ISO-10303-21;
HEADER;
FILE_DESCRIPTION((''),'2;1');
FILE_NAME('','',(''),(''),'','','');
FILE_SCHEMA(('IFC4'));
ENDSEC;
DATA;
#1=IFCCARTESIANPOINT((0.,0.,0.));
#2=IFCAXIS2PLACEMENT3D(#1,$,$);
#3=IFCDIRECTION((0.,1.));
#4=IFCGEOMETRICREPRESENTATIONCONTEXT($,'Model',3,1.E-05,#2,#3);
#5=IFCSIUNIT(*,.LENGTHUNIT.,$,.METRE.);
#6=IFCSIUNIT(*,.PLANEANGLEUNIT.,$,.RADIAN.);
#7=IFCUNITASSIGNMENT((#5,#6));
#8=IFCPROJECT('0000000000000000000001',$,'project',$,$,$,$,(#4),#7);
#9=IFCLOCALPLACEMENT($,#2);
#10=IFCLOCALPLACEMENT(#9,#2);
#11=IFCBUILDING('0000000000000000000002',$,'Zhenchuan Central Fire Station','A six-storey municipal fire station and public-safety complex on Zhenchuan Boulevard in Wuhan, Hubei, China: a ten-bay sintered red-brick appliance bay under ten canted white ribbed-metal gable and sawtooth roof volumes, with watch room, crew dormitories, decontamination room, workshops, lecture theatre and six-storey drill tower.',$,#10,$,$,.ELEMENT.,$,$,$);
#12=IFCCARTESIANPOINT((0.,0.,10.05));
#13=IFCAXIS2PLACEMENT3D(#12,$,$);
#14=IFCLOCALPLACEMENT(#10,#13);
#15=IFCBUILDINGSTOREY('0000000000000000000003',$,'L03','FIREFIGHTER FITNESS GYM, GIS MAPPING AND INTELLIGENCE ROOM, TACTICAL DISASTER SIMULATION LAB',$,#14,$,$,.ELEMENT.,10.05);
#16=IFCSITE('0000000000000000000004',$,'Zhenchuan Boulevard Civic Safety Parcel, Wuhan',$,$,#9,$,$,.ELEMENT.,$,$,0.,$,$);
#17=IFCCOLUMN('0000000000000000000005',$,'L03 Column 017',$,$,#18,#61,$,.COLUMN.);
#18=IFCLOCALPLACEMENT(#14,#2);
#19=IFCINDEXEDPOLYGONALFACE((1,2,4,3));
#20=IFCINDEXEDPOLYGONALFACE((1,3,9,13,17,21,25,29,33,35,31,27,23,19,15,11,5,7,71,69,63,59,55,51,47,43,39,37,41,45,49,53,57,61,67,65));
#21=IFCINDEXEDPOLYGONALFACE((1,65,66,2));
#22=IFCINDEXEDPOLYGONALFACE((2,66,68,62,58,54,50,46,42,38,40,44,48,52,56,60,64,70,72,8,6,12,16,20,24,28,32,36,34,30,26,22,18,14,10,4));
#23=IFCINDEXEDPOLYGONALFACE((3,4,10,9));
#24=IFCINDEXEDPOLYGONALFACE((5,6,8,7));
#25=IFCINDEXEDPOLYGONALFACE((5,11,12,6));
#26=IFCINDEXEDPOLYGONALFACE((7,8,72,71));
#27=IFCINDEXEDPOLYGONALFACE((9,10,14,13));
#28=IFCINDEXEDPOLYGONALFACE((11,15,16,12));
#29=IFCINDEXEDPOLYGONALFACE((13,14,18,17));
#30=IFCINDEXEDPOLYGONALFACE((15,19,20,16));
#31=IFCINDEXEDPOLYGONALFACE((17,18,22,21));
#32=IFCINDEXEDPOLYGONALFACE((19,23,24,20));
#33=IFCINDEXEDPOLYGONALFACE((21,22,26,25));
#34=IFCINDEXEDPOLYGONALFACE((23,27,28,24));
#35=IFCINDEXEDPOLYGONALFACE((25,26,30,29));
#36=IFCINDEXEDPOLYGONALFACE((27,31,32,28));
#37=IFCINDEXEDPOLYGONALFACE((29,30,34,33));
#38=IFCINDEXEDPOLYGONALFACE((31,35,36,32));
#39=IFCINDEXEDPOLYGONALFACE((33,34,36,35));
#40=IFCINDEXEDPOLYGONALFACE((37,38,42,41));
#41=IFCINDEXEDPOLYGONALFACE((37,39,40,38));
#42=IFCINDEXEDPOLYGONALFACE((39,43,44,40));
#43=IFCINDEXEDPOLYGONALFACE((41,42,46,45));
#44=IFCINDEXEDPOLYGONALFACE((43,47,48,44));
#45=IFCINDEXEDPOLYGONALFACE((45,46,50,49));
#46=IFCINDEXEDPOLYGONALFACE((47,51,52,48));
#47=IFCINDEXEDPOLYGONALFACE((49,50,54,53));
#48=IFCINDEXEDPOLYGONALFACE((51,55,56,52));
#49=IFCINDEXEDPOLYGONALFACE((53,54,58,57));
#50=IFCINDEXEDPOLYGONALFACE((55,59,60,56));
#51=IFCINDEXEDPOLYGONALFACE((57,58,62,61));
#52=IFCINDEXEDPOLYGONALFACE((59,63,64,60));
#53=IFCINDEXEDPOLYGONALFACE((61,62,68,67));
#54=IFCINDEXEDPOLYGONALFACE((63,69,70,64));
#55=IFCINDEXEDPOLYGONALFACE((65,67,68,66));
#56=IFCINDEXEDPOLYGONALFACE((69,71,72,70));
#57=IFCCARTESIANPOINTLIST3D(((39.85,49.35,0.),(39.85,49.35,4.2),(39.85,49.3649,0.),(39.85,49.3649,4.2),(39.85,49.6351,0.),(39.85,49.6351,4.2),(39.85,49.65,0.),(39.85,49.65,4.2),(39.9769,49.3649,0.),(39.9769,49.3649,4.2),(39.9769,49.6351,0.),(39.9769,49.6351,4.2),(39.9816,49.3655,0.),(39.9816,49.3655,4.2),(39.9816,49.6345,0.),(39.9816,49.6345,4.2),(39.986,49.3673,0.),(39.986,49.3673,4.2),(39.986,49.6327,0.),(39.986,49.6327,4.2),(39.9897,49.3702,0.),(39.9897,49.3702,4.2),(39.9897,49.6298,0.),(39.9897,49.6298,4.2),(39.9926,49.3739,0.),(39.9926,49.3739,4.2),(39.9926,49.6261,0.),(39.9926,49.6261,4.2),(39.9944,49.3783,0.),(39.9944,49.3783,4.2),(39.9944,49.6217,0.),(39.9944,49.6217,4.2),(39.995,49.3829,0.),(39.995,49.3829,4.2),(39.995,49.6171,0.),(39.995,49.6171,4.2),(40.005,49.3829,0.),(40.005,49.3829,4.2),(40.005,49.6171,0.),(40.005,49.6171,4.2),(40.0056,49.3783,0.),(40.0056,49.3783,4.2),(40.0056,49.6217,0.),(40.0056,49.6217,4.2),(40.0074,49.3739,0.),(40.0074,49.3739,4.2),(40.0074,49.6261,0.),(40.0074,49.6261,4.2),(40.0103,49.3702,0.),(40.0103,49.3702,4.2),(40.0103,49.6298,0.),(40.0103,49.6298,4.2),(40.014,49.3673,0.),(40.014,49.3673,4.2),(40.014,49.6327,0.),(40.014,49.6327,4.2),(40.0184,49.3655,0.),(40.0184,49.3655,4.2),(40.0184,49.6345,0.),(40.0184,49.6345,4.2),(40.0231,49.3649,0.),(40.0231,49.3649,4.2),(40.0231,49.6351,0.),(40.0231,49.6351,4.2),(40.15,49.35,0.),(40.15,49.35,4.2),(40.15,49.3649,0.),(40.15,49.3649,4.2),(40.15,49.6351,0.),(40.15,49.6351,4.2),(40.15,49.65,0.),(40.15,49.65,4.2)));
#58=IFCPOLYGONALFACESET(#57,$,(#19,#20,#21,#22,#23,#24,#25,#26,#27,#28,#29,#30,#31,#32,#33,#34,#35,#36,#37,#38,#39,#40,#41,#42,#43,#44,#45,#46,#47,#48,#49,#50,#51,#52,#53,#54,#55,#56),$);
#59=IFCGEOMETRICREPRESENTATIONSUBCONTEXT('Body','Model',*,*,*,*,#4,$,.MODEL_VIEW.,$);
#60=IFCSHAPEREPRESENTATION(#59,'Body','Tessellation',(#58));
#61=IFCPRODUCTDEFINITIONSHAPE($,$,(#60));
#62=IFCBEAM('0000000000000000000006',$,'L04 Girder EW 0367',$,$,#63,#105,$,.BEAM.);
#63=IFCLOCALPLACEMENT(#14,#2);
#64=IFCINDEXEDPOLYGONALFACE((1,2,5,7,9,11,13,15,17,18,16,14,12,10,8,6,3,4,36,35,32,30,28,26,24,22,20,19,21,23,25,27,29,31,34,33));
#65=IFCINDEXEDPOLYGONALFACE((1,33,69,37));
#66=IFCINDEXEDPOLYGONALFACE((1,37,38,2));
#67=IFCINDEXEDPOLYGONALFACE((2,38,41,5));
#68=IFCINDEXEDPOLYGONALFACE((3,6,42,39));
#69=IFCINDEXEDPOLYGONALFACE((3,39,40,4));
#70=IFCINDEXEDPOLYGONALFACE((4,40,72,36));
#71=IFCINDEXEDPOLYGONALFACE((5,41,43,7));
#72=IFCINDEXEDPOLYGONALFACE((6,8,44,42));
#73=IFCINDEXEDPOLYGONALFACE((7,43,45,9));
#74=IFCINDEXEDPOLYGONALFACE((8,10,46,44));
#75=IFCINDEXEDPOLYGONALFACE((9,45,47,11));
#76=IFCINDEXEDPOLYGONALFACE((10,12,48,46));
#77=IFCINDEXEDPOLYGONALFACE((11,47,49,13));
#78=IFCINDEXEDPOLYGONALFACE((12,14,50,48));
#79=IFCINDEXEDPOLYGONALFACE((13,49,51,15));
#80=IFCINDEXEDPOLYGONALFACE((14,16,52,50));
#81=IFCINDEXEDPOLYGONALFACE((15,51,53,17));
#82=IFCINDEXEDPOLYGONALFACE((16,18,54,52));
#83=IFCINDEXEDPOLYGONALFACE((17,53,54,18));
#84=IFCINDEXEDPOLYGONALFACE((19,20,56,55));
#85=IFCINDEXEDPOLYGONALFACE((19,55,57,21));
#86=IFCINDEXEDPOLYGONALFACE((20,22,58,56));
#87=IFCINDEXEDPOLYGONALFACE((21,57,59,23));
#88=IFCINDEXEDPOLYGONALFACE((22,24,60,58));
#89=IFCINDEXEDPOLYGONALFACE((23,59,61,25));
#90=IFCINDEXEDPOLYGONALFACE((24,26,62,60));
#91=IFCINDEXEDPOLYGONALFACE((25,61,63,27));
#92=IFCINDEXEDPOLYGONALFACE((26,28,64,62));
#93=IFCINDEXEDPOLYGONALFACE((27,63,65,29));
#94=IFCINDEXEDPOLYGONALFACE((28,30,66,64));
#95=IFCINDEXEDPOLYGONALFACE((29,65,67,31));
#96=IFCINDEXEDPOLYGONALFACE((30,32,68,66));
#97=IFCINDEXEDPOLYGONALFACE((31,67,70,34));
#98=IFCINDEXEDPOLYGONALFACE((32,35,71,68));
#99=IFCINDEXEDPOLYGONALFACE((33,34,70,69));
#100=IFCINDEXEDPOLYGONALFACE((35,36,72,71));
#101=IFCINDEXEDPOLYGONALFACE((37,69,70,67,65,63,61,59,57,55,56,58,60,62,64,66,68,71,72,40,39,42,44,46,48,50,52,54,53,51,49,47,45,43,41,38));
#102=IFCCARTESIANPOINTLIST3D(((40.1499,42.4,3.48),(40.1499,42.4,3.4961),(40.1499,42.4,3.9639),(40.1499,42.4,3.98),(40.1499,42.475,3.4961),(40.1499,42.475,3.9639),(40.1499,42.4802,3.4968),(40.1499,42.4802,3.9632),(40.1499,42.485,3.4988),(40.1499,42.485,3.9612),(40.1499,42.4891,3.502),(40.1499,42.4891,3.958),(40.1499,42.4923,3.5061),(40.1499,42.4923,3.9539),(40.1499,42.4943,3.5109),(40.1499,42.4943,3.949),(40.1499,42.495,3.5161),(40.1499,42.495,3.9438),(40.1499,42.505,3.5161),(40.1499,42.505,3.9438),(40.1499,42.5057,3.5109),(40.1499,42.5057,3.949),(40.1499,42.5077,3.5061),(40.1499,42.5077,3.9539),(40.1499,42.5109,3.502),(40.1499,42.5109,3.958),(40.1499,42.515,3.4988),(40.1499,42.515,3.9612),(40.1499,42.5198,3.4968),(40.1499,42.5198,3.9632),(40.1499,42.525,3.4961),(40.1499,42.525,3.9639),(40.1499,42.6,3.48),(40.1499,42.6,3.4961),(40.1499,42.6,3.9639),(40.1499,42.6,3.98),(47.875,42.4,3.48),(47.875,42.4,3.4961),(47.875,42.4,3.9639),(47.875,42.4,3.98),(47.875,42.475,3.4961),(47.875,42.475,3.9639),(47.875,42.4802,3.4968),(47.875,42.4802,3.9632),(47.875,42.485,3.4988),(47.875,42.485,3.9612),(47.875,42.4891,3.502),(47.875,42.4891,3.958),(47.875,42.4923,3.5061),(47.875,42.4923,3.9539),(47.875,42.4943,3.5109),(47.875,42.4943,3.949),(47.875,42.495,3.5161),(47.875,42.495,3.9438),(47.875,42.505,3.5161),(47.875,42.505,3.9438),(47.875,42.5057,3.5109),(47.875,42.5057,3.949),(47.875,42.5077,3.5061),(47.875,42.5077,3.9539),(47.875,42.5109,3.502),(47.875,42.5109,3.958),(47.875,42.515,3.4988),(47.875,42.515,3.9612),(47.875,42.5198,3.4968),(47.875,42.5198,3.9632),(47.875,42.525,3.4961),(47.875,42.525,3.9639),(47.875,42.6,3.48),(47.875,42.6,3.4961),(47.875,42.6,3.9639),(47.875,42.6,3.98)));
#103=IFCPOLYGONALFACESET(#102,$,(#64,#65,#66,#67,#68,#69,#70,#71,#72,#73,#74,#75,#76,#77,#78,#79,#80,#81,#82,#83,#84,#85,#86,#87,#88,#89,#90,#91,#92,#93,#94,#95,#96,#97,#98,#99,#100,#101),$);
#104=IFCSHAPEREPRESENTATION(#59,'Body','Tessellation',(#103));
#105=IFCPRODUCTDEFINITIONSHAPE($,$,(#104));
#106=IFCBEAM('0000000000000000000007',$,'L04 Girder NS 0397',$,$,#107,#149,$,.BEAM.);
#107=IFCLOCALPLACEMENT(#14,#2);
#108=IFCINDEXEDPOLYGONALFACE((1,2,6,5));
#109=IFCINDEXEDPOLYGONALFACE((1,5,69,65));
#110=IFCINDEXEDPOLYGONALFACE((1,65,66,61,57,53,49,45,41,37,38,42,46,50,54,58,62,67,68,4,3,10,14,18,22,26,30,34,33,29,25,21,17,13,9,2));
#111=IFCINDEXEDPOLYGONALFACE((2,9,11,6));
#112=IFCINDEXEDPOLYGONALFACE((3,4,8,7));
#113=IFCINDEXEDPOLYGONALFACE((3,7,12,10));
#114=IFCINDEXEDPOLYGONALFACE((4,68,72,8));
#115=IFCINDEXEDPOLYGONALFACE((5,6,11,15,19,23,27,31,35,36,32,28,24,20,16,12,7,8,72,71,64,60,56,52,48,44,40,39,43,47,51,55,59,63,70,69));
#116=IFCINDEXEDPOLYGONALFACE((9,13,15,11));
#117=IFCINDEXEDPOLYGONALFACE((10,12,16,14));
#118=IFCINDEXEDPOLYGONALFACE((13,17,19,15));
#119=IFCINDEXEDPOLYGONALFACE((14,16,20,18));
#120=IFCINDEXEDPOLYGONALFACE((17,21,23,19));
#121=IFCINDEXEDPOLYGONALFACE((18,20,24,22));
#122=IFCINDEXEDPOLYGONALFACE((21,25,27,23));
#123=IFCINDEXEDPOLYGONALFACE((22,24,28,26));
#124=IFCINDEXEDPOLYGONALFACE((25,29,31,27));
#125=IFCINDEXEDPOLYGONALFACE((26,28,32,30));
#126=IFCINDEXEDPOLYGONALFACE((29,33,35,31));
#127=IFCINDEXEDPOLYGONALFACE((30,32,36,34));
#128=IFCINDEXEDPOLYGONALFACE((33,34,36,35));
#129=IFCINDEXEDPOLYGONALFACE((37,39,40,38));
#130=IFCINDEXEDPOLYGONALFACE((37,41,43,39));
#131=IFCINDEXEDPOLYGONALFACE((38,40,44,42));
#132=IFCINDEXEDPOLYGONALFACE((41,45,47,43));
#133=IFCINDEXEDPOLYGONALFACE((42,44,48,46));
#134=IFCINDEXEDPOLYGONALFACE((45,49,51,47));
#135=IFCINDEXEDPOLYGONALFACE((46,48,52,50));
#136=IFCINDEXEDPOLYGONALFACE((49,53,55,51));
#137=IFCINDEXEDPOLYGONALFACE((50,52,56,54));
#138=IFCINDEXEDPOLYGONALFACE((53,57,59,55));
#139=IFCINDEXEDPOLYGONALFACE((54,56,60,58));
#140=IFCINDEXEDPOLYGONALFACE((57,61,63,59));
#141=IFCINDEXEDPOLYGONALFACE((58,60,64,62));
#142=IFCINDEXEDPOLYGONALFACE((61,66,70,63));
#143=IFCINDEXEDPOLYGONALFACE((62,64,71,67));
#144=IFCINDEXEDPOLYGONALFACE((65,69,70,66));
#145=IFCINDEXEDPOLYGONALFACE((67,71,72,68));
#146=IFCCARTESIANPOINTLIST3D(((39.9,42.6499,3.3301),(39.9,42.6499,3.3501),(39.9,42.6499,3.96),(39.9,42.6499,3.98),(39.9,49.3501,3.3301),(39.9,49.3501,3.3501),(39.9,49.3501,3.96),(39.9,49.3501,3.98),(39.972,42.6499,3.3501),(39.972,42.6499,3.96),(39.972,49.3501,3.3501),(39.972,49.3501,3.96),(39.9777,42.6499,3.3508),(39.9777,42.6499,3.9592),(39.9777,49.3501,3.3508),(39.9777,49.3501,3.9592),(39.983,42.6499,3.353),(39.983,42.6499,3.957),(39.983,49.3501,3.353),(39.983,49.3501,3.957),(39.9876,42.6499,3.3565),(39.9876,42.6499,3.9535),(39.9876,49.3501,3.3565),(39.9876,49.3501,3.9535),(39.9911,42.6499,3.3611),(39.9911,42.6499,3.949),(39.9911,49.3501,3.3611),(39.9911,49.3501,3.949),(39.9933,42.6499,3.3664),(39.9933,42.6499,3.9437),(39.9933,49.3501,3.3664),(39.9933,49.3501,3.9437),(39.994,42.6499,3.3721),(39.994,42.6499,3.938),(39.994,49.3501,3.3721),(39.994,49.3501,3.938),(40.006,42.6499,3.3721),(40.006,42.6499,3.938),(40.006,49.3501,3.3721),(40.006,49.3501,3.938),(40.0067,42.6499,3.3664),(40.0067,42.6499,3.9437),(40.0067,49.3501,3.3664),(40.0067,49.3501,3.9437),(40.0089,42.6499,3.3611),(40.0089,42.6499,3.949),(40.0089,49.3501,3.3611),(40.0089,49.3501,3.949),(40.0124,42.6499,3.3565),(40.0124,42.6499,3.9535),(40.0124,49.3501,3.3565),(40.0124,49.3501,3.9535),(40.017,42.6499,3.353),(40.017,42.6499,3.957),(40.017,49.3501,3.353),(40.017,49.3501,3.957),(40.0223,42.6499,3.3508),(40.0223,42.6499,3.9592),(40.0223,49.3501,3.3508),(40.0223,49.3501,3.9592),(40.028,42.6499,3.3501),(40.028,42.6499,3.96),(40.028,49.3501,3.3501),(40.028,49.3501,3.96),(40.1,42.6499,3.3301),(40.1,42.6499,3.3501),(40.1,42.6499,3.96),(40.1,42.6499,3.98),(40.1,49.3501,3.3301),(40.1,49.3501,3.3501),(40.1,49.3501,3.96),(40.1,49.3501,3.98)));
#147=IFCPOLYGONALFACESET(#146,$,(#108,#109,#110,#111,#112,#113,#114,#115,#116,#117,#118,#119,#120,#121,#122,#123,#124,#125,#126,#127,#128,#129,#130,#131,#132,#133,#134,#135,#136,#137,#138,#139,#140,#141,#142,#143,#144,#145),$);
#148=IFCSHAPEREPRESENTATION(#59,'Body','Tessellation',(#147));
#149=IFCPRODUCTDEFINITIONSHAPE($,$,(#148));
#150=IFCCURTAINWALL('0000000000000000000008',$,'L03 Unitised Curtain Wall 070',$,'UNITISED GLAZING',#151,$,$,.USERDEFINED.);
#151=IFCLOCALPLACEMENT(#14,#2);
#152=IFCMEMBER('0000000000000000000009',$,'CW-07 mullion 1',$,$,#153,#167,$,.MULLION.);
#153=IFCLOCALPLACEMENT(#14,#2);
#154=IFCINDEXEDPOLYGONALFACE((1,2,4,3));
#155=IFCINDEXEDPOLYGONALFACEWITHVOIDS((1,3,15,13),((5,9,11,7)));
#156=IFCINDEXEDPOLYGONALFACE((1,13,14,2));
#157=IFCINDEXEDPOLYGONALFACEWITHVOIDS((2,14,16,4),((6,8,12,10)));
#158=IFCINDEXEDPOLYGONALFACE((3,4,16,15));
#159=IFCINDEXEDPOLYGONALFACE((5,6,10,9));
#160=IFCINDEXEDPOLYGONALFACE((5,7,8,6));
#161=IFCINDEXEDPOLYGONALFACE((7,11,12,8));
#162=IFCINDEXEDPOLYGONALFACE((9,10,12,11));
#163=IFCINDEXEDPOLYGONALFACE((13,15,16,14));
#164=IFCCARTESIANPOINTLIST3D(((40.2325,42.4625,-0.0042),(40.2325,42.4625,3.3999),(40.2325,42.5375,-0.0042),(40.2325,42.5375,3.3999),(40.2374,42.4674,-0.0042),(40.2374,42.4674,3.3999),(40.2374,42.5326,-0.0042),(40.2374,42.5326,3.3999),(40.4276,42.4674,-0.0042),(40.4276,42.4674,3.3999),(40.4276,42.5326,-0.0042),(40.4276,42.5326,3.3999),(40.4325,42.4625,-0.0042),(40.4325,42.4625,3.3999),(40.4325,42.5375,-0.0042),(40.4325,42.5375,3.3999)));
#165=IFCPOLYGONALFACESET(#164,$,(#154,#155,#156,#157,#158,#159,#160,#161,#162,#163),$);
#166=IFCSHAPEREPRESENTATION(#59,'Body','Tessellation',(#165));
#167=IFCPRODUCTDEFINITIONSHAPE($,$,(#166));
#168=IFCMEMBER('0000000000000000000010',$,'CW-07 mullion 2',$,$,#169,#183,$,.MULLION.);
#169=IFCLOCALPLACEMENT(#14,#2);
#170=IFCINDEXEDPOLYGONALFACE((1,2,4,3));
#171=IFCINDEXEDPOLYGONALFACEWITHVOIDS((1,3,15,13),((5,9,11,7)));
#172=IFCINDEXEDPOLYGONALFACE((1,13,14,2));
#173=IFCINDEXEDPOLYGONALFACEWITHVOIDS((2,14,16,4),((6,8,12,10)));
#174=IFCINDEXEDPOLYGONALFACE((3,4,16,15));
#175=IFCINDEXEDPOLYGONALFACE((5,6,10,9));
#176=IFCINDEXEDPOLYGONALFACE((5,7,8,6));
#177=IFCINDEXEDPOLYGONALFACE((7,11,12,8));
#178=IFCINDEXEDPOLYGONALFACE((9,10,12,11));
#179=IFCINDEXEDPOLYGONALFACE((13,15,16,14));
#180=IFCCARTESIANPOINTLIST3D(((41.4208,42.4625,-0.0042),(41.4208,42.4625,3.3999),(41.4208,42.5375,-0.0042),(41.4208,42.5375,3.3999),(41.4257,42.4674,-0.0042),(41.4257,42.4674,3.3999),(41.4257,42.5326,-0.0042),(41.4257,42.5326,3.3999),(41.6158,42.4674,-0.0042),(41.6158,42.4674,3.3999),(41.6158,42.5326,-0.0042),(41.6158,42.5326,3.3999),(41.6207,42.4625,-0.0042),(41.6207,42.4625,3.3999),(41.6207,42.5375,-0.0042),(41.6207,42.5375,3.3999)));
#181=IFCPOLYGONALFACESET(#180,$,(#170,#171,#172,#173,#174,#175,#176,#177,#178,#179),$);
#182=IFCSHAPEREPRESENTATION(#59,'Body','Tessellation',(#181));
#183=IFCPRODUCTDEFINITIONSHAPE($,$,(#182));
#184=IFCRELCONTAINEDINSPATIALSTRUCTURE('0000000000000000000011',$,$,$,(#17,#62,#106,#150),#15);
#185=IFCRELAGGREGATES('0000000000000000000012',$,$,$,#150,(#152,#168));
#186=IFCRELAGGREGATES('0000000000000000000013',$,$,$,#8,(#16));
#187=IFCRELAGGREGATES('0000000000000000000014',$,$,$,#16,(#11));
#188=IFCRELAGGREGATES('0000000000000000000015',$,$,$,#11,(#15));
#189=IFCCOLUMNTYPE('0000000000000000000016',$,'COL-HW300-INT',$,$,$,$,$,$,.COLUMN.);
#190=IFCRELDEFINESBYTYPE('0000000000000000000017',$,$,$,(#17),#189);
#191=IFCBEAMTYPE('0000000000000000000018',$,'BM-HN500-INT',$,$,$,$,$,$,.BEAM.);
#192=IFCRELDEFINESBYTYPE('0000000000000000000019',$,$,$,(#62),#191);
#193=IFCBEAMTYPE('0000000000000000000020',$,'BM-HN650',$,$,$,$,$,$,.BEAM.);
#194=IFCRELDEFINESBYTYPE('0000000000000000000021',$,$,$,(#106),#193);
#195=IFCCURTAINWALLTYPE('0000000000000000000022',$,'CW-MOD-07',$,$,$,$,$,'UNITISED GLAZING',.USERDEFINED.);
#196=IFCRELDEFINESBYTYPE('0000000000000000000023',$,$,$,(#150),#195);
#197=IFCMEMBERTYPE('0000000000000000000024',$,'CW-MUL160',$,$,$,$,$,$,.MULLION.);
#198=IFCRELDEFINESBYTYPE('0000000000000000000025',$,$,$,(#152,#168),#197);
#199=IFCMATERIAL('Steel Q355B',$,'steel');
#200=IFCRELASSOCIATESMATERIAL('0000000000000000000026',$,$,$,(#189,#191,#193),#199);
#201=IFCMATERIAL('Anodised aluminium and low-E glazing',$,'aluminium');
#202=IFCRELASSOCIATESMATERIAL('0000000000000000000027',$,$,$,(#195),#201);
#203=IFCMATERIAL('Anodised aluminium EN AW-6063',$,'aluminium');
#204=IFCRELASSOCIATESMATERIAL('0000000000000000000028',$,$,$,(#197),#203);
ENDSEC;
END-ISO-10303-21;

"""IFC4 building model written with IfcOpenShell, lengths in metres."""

from ifc_helpers import new_model, si_unit, direction, frame, origin, origin_2d, place, context, subcontext, project, spatial, hollow_rectangle, i_section, extrude, material, material_profile, profile_set, type_object, element, aggregate, save


model = new_model("IFC4")

# Units and contexts
model_context = context("Model", 3, precision=1e-05, world=origin(), true_north=direction((0.0, 1.0)))
body_context = subcontext(model_context, "Body", "Model", "MODEL_VIEW")
ifc_project = project(units=[si_unit("LENGTHUNIT", "METRE"), si_unit("PLANEANGLEUNIT", "RADIAN")], contexts=[model_context])

# Site, building, storey
site_placement = place(None, origin())
site = spatial("IfcSite", under=ifc_project, at=site_placement, Name="Zhenchuan Boulevard Civic Safety Parcel, Wuhan", CompositionType="ELEMENT", RefElevation=0.0)
building_placement = place(site_placement, origin())
building = spatial("IfcBuilding", under=site, at=building_placement, Name="Zhenchuan Central Fire Station", Description="A six-storey municipal fire station and public-safety complex on Zhenchuan Boulevard in Wuhan, Hubei, China: a ten-bay sintered red-brick appliance bay under ten canted white ribbed-metal gable and sawtooth roof volumes, with watch room, crew dormitories, decontamination room, workshops, lecture theatre and six-storey drill tower.", CompositionType="ELEMENT")
storey_placement = place(building_placement, frame((0.0, 0.0, 10.05)))
storey = spatial("IfcBuildingStorey", under=building, at=storey_placement, Name="L03", Description="FIREFIGHTER FITNESS GYM, GIS MAPPING AND INTELLIGENCE ROOM, TACTICAL DISASTER SIMULATION LAB", CompositionType="ELEMENT", Elevation=10.05)

# Column
ifc_material_1 = material(Name="Steel Q355B", Category="steel")
ifc_material_profile_1 = material_profile(ifc_material_1, i_section(OverallWidth=0.3, OverallDepth=0.3, WebThickness=0.01, FlangeThickness=0.0149, FilletRadius=0.0181, at=origin_2d()), Name="HW 300x300")
ifc_profile_set_1 = profile_set([ifc_material_profile_1], Name="Steel Q355B")
column_type = type_object("IfcColumnType", Name="COL-HW300-INT", PredefinedType="COLUMN", material=ifc_profile_set_1)
column_placement = place(storey_placement, frame((40.0, 49.5, 0.0), z_axis=(0.0, 0.0, 1.0), x_axis=(1.0, 0.0, 0.0)))
element("IfcColumn", 1, at=column_placement, inside=storey, type_object=column_type, Name="L03 Column 017", PredefinedType="COLUMN", context=body_context, shape_type="SweptSolid", body=[
    extrude(i_section(OverallWidth=0.3, OverallDepth=0.3, WebThickness=0.01, FlangeThickness=0.0149, FilletRadius=0.0181, at=origin_2d()), origin(), (0.0, 0.0, 1.0), 4.2),
])

# Beams
ifc_material_profile_2 = material_profile(ifc_material_1, i_section(OverallWidth=0.2, OverallDepth=0.5, WebThickness=0.01, FlangeThickness=0.0161, FilletRadius=0.02, at=origin_2d()), Name="HN 500x200")
ifc_profile_set_2 = profile_set([ifc_material_profile_2], Name="Steel Q355B")
beam_type_1 = type_object("IfcBeamType", Name="BM-HN500-INT", PredefinedType="BEAM", material=ifc_profile_set_2)
beam_1_placement = place(storey_placement, frame((40.1499, 42.5, 3.73), z_axis=(1.0, 0.0, 0.0), x_axis=(0.0, 1.0, 0.0)))
element("IfcBeam", 2, at=beam_1_placement, inside=storey, type_object=beam_type_1, Name="L04 Girder EW 0367", PredefinedType="BEAM", context=body_context, shape_type="SweptSolid", body=[
    extrude(i_section(OverallWidth=0.2, OverallDepth=0.5, WebThickness=0.01, FlangeThickness=0.0161, FilletRadius=0.02, at=origin_2d()), origin(), (0.0, 0.0, 1.0), 7.7251),
])
ifc_material_profile_3 = material_profile(ifc_material_1, i_section(OverallWidth=0.2, OverallDepth=0.6499, WebThickness=0.012, FlangeThickness=0.02, FilletRadius=0.022, at=origin_2d()), Name="HN 650x200")
ifc_profile_set_3 = profile_set([ifc_material_profile_3], Name="Steel Q355B")
beam_type_2 = type_object("IfcBeamType", Name="BM-HN650", PredefinedType="BEAM", material=ifc_profile_set_3)
beam_2_placement = place(storey_placement, frame((40.0, 42.6499, 3.655), z_axis=(0.0, 1.0, 0.0), x_axis=(-1.0, 0.0, 0.0)))
element("IfcBeam", 3, at=beam_2_placement, inside=storey, type_object=beam_type_2, Name="L04 Girder NS 0397", PredefinedType="BEAM", context=body_context, shape_type="SweptSolid", body=[
    extrude(i_section(OverallWidth=0.2, OverallDepth=0.6499, WebThickness=0.012, FlangeThickness=0.02, FilletRadius=0.022, at=origin_2d()), origin(), (0.0, 0.0, 1.0), 6.7002),
])

# Curtain wall, members
ifc_material_2 = material(Name="Anodised aluminium and low-E glazing", Category="aluminium")
curtain_wall_type = type_object("IfcCurtainWallType", Name="CW-MOD-07", ElementType="UNITISED GLAZING", PredefinedType="USERDEFINED", material=ifc_material_2)
curtain_wall_placement = place(storey_placement, origin())
curtain_wall = element("IfcCurtainWall", 4, at=curtain_wall_placement, inside=storey, type_object=curtain_wall_type, Name="L03 Unitised Curtain Wall 070", ObjectType="UNITISED GLAZING", PredefinedType="USERDEFINED")
ifc_material_3 = material(Name="Anodised aluminium EN AW-6063", Category="aluminium")
ifc_material_profile_4 = material_profile(ifc_material_3, hollow_rectangle(XDim=0.075, YDim=0.2, WallThickness=0.0049, at=origin_2d()), Name="ALU-M 200x75")
ifc_profile_set_4 = profile_set([ifc_material_profile_4], Name="Anodised aluminium EN AW-6063")
member_type_1 = type_object("IfcMemberType", Name="CW-MUL160", PredefinedType="MULLION", material=ifc_profile_set_4)
member_1_placement = place(storey_placement, frame((40.3325, 42.5, -0.0042), z_axis=(0.0, 0.0, 1.0), x_axis=(0.0, 1.0, 0.0)))
member_1 = element("IfcMember", 5, at=member_1_placement, type_object=member_type_1, Name="CW-07 mullion 1", PredefinedType="MULLION", context=body_context, shape_type="SweptSolid", body=[
    extrude(hollow_rectangle(XDim=0.075, YDim=0.2, WallThickness=0.0049, at=origin_2d()), origin(), (0.0, 0.0, 1.0), 3.4041),
])
member_2_placement = place(storey_placement, frame((41.5208, 42.5, -0.0042), z_axis=(0.0, 0.0, 1.0), x_axis=(0.0, 1.0, 0.0)))
member_2 = element("IfcMember", 6, at=member_2_placement, type_object=member_type_1, Name="CW-07 mullion 2", PredefinedType="MULLION", context=body_context, shape_type="SweptSolid", body=[
    extrude(hollow_rectangle(XDim=0.075, YDim=0.2, WallThickness=0.0049, at=origin_2d()), origin(), (0.0, 0.0, 1.0), 3.4041),
])

aggregate(curtain_wall, [member_1, member_2])

save(model, "model.ifc")
